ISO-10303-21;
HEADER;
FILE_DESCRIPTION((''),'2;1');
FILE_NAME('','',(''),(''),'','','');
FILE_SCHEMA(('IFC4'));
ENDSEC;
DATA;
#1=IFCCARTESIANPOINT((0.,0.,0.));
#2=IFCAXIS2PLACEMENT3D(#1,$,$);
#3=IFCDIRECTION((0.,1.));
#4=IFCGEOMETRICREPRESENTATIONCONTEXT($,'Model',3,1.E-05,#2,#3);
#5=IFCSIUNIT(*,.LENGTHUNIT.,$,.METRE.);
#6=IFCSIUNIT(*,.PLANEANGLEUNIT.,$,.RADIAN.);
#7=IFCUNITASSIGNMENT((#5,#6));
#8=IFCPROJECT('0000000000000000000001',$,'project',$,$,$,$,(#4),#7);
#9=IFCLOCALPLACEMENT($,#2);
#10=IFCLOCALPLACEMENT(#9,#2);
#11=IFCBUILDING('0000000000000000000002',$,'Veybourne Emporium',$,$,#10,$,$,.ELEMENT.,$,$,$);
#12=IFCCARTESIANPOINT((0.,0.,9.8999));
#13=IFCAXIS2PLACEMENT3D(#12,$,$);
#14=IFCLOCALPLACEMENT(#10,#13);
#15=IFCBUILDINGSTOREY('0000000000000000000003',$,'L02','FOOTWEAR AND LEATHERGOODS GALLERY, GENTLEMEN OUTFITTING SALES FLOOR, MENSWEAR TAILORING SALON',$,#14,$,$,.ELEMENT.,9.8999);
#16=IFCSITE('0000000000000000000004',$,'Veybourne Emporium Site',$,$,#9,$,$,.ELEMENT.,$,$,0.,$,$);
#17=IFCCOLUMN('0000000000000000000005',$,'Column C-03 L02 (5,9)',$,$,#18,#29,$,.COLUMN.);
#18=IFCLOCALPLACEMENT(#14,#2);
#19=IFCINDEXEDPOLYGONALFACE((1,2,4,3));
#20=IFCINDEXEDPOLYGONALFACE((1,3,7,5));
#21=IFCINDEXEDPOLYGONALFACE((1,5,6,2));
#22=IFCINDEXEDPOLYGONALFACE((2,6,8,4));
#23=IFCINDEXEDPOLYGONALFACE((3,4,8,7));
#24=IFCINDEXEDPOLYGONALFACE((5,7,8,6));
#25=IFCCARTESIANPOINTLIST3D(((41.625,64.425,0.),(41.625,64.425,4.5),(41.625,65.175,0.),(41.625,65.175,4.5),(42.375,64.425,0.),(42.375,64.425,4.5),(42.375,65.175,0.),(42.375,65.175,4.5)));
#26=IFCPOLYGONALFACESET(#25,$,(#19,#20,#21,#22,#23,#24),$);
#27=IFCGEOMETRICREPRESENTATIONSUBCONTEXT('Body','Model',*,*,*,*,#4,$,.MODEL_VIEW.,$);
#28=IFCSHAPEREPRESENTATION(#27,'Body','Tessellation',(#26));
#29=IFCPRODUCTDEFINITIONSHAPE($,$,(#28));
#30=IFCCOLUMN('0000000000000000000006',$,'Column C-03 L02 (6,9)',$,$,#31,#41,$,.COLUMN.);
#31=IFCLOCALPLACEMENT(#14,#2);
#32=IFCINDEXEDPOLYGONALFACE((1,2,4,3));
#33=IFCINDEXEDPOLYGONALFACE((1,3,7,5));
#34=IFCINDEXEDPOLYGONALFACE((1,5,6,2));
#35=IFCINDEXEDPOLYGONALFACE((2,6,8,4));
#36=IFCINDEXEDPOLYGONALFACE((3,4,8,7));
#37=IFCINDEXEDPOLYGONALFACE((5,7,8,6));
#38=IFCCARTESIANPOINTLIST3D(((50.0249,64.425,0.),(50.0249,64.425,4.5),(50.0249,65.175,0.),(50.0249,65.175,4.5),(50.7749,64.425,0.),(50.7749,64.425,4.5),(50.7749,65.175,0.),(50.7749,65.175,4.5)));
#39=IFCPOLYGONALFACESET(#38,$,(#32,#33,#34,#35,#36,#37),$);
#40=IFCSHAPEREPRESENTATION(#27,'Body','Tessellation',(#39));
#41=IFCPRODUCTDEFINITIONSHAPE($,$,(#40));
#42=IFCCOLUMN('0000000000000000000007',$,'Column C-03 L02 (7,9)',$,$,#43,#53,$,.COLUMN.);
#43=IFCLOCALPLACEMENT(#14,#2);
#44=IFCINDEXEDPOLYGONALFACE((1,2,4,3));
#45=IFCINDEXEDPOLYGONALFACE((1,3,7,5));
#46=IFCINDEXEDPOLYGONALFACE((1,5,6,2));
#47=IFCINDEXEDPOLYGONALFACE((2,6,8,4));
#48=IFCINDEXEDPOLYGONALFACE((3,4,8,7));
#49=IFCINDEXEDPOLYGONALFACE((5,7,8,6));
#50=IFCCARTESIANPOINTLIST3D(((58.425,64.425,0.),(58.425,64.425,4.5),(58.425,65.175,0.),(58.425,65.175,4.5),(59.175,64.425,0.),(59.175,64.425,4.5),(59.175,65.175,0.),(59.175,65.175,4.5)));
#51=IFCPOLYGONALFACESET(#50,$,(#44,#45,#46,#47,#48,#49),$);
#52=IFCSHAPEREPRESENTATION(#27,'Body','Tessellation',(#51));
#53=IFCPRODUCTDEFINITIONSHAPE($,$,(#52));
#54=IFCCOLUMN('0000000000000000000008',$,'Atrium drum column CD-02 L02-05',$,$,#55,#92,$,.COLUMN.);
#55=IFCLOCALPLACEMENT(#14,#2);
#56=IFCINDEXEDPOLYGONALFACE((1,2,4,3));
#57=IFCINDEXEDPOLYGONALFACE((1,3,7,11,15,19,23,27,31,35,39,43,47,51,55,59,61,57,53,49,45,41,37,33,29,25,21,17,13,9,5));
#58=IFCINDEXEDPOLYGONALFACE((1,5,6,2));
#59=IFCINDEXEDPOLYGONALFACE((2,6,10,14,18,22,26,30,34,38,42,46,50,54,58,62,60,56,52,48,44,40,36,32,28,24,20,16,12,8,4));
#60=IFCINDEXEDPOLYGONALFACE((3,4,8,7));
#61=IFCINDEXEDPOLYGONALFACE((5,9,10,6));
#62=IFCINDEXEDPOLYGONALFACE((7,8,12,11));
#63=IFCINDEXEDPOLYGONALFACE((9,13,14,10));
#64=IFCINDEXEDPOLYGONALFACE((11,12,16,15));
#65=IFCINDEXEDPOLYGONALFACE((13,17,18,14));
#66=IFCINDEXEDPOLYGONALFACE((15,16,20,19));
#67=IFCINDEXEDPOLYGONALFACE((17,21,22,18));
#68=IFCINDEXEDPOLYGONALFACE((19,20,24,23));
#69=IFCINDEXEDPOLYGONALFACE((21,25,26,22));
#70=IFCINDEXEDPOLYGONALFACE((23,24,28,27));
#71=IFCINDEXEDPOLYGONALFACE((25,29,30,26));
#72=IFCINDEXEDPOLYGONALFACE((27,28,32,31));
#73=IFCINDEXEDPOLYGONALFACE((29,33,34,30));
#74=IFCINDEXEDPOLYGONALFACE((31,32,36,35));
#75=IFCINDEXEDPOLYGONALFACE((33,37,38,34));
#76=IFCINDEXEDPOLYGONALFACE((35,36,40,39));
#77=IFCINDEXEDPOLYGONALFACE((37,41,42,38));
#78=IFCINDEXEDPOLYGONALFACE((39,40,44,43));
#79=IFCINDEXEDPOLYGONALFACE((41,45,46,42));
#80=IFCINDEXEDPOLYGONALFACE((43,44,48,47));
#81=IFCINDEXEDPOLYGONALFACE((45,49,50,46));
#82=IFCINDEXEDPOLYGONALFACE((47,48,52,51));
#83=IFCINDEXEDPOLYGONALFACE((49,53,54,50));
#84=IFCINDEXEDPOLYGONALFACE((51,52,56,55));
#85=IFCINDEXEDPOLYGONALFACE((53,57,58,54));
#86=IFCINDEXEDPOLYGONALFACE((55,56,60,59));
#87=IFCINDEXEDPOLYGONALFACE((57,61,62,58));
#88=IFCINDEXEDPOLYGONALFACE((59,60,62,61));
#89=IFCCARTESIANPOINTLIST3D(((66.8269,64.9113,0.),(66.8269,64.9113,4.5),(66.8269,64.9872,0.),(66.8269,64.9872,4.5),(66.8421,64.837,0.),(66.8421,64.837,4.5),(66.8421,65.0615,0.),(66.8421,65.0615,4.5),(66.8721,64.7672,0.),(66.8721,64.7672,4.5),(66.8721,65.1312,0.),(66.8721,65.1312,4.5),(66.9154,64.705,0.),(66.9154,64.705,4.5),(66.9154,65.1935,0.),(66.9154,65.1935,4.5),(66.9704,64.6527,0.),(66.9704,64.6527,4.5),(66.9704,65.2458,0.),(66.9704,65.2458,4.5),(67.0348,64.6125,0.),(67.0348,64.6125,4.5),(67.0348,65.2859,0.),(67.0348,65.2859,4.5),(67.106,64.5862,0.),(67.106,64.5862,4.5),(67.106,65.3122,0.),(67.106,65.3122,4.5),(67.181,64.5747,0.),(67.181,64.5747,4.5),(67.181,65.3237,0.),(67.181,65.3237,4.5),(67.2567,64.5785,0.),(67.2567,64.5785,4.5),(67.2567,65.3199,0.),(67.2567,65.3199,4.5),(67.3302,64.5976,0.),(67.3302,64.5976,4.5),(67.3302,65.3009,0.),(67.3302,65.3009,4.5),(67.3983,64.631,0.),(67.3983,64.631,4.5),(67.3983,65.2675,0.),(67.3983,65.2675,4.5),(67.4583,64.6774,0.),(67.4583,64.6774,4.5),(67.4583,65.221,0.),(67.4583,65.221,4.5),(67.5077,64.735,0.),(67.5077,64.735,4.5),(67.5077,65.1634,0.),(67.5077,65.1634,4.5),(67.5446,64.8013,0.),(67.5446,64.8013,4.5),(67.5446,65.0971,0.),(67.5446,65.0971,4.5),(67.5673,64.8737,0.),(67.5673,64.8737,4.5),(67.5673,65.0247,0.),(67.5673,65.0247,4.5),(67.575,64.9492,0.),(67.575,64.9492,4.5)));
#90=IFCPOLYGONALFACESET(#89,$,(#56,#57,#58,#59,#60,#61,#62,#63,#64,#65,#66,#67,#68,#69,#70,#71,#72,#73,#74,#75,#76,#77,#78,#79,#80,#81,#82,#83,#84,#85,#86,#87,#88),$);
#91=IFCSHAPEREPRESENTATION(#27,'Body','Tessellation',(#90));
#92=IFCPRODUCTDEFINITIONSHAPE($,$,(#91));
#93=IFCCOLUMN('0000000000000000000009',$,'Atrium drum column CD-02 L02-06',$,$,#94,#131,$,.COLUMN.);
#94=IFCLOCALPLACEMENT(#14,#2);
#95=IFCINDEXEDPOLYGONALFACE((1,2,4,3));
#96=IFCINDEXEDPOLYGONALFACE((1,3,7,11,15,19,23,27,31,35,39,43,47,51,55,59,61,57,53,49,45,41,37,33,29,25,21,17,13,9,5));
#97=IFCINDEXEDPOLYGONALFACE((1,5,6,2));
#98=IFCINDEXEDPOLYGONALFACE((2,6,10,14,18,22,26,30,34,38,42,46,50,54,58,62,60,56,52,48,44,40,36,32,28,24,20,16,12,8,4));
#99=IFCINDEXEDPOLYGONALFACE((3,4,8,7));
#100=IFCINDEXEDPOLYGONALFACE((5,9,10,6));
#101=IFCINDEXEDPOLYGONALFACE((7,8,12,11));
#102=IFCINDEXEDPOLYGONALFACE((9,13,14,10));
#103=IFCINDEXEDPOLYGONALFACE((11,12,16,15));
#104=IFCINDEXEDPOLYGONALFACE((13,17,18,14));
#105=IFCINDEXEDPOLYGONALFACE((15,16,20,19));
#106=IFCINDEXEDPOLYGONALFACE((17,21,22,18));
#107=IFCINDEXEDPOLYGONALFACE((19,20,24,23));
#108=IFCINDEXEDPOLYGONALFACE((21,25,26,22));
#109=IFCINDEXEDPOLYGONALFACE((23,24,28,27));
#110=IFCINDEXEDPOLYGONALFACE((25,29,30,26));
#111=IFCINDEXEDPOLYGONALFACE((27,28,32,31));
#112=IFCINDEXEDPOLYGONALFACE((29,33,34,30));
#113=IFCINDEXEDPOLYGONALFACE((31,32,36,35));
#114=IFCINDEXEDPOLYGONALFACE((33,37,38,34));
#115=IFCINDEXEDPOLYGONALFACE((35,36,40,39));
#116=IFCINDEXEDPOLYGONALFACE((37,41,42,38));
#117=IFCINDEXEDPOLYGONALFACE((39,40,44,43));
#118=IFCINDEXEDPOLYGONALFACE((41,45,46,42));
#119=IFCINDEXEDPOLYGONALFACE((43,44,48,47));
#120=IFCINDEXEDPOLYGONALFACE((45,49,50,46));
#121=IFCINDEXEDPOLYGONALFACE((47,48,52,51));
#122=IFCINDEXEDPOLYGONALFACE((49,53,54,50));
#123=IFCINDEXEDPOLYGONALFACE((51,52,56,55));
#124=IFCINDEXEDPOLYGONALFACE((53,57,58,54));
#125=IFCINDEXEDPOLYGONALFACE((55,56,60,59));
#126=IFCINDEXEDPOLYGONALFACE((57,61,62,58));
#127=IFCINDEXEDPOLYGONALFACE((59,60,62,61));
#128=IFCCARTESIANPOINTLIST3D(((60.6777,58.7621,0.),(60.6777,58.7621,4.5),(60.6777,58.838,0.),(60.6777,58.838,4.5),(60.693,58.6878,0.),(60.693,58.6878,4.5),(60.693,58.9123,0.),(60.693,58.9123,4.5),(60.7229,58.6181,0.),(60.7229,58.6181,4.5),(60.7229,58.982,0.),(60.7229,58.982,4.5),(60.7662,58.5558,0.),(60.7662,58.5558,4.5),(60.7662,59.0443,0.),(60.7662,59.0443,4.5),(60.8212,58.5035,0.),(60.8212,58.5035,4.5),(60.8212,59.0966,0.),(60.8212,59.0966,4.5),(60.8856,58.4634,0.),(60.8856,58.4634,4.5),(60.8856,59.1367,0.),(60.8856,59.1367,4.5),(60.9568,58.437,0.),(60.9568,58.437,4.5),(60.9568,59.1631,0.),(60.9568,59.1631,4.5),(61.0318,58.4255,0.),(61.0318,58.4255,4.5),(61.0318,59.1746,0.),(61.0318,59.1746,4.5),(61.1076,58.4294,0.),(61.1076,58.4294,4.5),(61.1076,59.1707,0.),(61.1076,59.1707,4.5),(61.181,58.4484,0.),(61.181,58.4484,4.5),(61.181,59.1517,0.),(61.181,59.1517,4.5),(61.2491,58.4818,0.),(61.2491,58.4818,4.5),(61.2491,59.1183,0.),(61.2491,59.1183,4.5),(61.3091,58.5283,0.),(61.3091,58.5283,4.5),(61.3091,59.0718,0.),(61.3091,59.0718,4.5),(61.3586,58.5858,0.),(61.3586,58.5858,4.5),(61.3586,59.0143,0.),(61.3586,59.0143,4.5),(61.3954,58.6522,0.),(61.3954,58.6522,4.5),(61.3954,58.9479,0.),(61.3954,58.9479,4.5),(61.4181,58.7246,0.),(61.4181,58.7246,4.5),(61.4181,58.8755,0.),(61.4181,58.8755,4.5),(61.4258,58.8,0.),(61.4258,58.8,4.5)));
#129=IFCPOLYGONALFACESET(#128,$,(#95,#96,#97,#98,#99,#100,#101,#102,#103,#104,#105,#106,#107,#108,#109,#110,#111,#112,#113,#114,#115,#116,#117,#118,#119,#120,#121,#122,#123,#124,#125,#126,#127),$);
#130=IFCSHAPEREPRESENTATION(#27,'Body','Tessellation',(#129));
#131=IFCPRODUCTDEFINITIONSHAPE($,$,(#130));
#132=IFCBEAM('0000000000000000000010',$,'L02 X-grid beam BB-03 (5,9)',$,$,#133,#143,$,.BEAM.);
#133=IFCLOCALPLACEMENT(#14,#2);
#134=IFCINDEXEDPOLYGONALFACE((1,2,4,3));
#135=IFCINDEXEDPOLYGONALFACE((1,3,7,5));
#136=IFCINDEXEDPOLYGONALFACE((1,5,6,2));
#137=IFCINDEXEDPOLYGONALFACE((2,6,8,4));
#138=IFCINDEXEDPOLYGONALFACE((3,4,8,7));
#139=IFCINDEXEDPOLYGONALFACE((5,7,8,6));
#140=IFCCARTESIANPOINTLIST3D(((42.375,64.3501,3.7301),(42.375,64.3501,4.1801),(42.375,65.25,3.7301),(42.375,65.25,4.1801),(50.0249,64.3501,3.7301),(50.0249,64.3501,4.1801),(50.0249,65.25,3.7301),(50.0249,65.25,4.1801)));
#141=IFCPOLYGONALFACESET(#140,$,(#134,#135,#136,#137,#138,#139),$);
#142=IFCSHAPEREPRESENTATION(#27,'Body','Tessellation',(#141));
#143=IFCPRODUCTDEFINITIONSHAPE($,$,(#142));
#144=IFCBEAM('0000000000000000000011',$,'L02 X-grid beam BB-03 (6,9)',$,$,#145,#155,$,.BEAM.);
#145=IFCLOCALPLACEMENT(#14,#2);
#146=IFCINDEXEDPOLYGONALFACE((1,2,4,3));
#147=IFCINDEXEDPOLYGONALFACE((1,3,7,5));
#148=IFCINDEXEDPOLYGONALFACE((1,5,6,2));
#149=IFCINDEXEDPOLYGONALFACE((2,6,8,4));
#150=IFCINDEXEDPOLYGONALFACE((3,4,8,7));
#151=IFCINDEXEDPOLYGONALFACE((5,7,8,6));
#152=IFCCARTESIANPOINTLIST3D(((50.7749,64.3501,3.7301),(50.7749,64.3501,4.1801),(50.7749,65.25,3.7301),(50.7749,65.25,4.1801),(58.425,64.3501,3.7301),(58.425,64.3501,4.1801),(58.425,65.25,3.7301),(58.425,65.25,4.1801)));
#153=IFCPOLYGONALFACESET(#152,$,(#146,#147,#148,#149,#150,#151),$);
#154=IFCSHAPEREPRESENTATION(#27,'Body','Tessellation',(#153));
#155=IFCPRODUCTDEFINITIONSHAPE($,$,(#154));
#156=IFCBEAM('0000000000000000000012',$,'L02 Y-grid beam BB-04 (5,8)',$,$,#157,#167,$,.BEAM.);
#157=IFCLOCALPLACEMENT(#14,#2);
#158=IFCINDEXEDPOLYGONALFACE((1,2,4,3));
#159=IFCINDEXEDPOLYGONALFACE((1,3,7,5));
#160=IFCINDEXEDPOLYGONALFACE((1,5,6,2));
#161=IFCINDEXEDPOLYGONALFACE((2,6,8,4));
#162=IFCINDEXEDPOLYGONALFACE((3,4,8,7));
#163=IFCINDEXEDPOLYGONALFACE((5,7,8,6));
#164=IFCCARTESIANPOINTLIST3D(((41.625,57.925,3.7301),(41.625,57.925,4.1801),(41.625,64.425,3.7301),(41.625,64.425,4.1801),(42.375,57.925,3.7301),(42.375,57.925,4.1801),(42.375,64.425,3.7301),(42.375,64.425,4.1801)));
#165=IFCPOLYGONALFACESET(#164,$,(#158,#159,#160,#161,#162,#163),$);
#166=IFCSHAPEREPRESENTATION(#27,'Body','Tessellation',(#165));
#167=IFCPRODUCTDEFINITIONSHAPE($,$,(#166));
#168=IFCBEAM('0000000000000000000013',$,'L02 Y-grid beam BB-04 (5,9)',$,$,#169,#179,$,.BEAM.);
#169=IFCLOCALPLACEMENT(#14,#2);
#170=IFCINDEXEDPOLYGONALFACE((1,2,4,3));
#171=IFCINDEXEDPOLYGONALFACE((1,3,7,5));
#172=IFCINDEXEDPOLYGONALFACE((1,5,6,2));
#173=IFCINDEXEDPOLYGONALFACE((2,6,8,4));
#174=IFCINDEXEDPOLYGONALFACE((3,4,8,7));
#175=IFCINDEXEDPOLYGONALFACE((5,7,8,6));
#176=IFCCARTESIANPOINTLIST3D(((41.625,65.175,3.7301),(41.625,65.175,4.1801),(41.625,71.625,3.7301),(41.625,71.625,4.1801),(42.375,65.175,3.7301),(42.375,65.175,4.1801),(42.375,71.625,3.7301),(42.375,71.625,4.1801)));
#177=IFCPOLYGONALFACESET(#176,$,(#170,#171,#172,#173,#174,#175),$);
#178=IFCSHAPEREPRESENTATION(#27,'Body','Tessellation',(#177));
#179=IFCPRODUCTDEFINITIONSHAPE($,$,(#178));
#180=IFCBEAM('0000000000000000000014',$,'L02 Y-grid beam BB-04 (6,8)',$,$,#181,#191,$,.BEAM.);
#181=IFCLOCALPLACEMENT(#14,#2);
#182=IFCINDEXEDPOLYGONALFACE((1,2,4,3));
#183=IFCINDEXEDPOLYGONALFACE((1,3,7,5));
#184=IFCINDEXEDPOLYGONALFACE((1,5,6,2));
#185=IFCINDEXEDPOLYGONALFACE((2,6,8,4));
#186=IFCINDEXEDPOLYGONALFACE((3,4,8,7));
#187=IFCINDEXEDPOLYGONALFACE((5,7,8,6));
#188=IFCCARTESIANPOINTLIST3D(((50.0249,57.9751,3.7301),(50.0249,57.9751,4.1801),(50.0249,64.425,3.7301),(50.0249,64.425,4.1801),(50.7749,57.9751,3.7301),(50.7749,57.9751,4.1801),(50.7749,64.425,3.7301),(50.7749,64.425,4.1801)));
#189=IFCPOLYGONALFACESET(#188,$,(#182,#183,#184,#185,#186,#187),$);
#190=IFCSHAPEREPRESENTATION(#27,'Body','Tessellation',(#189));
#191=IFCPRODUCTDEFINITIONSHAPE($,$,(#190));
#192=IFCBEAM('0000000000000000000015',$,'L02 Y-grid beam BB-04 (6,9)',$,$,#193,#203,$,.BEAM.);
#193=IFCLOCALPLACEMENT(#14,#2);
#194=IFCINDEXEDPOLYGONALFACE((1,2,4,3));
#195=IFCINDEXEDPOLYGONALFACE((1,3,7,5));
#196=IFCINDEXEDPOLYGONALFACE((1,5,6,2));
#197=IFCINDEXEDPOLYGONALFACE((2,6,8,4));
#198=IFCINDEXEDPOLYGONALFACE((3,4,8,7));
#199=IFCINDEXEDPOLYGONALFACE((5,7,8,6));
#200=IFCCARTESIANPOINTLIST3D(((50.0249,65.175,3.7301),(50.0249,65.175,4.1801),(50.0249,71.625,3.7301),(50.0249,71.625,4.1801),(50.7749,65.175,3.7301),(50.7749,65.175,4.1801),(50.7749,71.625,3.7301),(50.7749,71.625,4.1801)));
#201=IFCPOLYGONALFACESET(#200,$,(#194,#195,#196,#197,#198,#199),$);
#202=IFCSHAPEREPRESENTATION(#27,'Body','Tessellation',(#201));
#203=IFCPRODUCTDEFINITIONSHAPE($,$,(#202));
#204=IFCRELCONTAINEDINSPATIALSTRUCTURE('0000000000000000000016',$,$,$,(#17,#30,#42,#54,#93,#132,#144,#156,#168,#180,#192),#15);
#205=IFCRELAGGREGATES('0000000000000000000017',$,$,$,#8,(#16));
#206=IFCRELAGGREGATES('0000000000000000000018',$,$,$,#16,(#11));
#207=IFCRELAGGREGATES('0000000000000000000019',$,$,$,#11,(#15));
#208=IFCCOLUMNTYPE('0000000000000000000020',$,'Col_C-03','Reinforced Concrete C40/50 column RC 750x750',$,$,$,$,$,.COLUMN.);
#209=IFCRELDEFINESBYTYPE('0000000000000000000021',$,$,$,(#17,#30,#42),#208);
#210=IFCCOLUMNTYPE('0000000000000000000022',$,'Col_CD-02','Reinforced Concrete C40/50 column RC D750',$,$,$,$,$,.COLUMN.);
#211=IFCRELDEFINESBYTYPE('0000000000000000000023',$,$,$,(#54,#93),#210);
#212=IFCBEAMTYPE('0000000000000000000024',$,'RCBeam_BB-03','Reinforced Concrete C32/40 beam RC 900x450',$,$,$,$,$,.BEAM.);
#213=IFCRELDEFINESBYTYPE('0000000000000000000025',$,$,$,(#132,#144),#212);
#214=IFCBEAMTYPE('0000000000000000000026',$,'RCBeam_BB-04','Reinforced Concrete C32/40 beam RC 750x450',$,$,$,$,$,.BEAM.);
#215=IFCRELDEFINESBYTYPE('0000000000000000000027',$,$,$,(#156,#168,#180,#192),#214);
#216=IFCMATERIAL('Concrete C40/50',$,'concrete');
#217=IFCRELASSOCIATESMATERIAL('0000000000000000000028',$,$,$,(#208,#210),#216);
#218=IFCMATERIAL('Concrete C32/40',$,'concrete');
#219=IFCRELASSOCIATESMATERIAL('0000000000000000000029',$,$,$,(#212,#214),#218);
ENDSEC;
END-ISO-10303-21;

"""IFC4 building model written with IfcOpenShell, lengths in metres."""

from ifc_helpers import new_model, si_unit, direction, frame, origin, origin_2d, place, context, subcontext, project, spatial, rectangle, circle, extrude, material, material_profile, profile_set, type_object, element, save


model = new_model("IFC4")

# Units and contexts
model_context = context("Model", 3, precision=1e-05, world=origin(), true_north=direction((0.0, 1.0)))
body_context = subcontext(model_context, "Body", "Model", "MODEL_VIEW")
ifc_project = project(units=[si_unit("LENGTHUNIT", "METRE"), si_unit("PLANEANGLEUNIT", "RADIAN")], contexts=[model_context])

# Site, building, storey
site_placement = place(None, origin())
site = spatial("IfcSite", under=ifc_project, at=site_placement, Name="Veybourne Emporium Site", CompositionType="ELEMENT", RefElevation=0.0)
building_placement = place(site_placement, origin())
building = spatial("IfcBuilding", under=site, at=building_placement, Name="Veybourne Emporium", CompositionType="ELEMENT")
storey_placement = place(building_placement, frame((0.0, 0.0, 9.8999)))
storey = spatial("IfcBuildingStorey", under=building, at=storey_placement, Name="L02", Description="FOOTWEAR AND LEATHERGOODS GALLERY, GENTLEMEN OUTFITTING SALES FLOOR, MENSWEAR TAILORING SALON", CompositionType="ELEMENT", Elevation=9.8999)

# Columns
ifc_material_1 = material(Name="Concrete C40/50", Category="concrete")
ifc_material_profile_1 = material_profile(ifc_material_1, rectangle(XDim=0.75, YDim=0.75, at=origin_2d()), Name="RC 750x750")
ifc_profile_set_1 = profile_set([ifc_material_profile_1], Name="Concrete C40/50")
column_type_1 = type_object("IfcColumnType", Name="Col_C-03", Description="Reinforced Concrete C40/50 column RC 750x750", PredefinedType="COLUMN", material=ifc_profile_set_1)
for number, where, z_axis, x_axis, name in (
    (1, (42.0, 64.8, 0.0), (0.0, 0.0, 1.0), (1.0, 0.0, 0.0), "Column C-03 L02 (5,9)"),
    (2, (50.3999, 64.8, 0.0), (0.0, 0.0, 1.0), (1.0, 0.0, 0.0), "Column C-03 L02 (6,9)"),
    (3, (58.8, 64.8, 0.0), (0.0, 0.0, 1.0), (1.0, 0.0, 0.0), "Column C-03 L02 (7,9)"),
):
    element("IfcColumn", number, at=place(storey_placement, frame(where, z_axis=z_axis, x_axis=x_axis)), inside=storey, type_object=column_type_1, Name=name, PredefinedType="COLUMN", context=body_context, shape_type="SweptSolid", body=[
        extrude(rectangle(XDim=0.75, YDim=0.75, at=origin_2d()), origin(), (0.0, 0.0, 1.0), 4.5),
    ])
ifc_material_profile_2 = material_profile(ifc_material_1, circle(Radius=0.375, at=origin_2d()), Name="RC D750")
ifc_profile_set_2 = profile_set([ifc_material_profile_2], Name="Concrete C40/50")
column_type_2 = type_object("IfcColumnType", Name="Col_CD-02", Description="Reinforced Concrete C40/50 column RC D750", PredefinedType="COLUMN", material=ifc_profile_set_2)
for number, where, z_axis, x_axis, name in (
    (4, (67.2, 64.9492, 0.0), (0.0, 0.0, 1.0), (1.0, 0.0, 0.0), "Atrium drum column CD-02 L02-05"),
    (5, (61.0508, 58.8, 0.0), (0.0, 0.0, 1.0), (1.0, 0.0, 0.0), "Atrium drum column CD-02 L02-06"),
):
    element("IfcColumn", number, at=place(storey_placement, frame(where, z_axis=z_axis, x_axis=x_axis)), inside=storey, type_object=column_type_2, Name=name, PredefinedType="COLUMN", context=body_context, shape_type="SweptSolid", body=[
        extrude(circle(Radius=0.375, at=origin_2d()), origin(), (0.0, 0.0, 1.0), 4.5),
    ])

# Beams
ifc_material_2 = material(Name="Concrete C32/40", Category="concrete")
ifc_material_profile_3 = material_profile(ifc_material_2, rectangle(XDim=0.8999, YDim=0.45, at=origin_2d()), Name="RC 900x450")
ifc_profile_set_3 = profile_set([ifc_material_profile_3], Name="Concrete C32/40")
beam_type_1 = type_object("IfcBeamType", Name="RCBeam_BB-03", Description="Reinforced Concrete C32/40 beam RC 900x450", PredefinedType="BEAM", material=ifc_profile_set_3)
beam_1_placement = place(storey_placement, frame((42.375, 64.8, 3.9551), z_axis=(1.0, 0.0, 0.0), x_axis=(0.0, 1.0, 0.0)))
element("IfcBeam", 6, at=beam_1_placement, inside=storey, type_object=beam_type_1, Name="L02 X-grid beam BB-03 (5,9)", PredefinedType="BEAM", context=body_context, shape_type="SweptSolid", body=[
    extrude(rectangle(XDim=0.8999, YDim=0.45, at=origin_2d()), origin(), (0.0, 0.0, 1.0), 7.6499),
])
beam_2_placement = place(storey_placement, frame((50.7749, 64.8, 3.9551), z_axis=(1.0, 0.0, 0.0), x_axis=(0.0, 1.0, 0.0)))
element("IfcBeam", 7, at=beam_2_placement, inside=storey, type_object=beam_type_1, Name="L02 X-grid beam BB-03 (6,9)", PredefinedType="BEAM", context=body_context, shape_type="SweptSolid", body=[
    extrude(rectangle(XDim=0.8999, YDim=0.45, at=origin_2d()), origin(), (0.0, 0.0, 1.0), 7.6501),
])
ifc_material_profile_4 = material_profile(ifc_material_2, rectangle(XDim=0.75, YDim=0.45, at=origin_2d()), Name="RC 750x450")
ifc_profile_set_4 = profile_set([ifc_material_profile_4], Name="Concrete C32/40")
beam_type_2 = type_object("IfcBeamType", Name="RCBeam_BB-04", Description="Reinforced Concrete C32/40 beam RC 750x450", PredefinedType="BEAM", material=ifc_profile_set_4)
beam_3_placement = place(storey_placement, frame((42.0, 57.925, 3.9551), z_axis=(0.0, 1.0, 0.0), x_axis=(-1.0, 0.0, 0.0)))
element("IfcBeam", 8, at=beam_3_placement, inside=storey, type_object=beam_type_2, Name="L02 Y-grid beam BB-04 (5,8)", PredefinedType="BEAM", context=body_context, shape_type="SweptSolid", body=[
    extrude(rectangle(XDim=0.75, YDim=0.45, at=origin_2d()), origin(), (0.0, 0.0, 1.0), 6.5),
])
for number, where, z_axis, x_axis, name in (
    (9, (42.0, 65.175, 3.9551), (0.0, 1.0, 0.0), (-1.0, 0.0, 0.0), "L02 Y-grid beam BB-04 (5,9)"),
    (10, (50.3999, 57.9751, 3.9551), (0.0, 1.0, 0.0), (-1.0, 0.0, 0.0), "L02 Y-grid beam BB-04 (6,8)"),
    (11, (50.3999, 65.175, 3.9551), (0.0, 1.0, 0.0), (-1.0, 0.0, 0.0), "L02 Y-grid beam BB-04 (6,9)"),
):
    element("IfcBeam", number, at=place(storey_placement, frame(where, z_axis=z_axis, x_axis=x_axis)), inside=storey, type_object=beam_type_2, Name=name, PredefinedType="BEAM", context=body_context, shape_type="SweptSolid", body=[
        extrude(rectangle(XDim=0.75, YDim=0.45, at=origin_2d()), origin(), (0.0, 0.0, 1.0), 6.45),
    ])

save(model, "model.ifc")
